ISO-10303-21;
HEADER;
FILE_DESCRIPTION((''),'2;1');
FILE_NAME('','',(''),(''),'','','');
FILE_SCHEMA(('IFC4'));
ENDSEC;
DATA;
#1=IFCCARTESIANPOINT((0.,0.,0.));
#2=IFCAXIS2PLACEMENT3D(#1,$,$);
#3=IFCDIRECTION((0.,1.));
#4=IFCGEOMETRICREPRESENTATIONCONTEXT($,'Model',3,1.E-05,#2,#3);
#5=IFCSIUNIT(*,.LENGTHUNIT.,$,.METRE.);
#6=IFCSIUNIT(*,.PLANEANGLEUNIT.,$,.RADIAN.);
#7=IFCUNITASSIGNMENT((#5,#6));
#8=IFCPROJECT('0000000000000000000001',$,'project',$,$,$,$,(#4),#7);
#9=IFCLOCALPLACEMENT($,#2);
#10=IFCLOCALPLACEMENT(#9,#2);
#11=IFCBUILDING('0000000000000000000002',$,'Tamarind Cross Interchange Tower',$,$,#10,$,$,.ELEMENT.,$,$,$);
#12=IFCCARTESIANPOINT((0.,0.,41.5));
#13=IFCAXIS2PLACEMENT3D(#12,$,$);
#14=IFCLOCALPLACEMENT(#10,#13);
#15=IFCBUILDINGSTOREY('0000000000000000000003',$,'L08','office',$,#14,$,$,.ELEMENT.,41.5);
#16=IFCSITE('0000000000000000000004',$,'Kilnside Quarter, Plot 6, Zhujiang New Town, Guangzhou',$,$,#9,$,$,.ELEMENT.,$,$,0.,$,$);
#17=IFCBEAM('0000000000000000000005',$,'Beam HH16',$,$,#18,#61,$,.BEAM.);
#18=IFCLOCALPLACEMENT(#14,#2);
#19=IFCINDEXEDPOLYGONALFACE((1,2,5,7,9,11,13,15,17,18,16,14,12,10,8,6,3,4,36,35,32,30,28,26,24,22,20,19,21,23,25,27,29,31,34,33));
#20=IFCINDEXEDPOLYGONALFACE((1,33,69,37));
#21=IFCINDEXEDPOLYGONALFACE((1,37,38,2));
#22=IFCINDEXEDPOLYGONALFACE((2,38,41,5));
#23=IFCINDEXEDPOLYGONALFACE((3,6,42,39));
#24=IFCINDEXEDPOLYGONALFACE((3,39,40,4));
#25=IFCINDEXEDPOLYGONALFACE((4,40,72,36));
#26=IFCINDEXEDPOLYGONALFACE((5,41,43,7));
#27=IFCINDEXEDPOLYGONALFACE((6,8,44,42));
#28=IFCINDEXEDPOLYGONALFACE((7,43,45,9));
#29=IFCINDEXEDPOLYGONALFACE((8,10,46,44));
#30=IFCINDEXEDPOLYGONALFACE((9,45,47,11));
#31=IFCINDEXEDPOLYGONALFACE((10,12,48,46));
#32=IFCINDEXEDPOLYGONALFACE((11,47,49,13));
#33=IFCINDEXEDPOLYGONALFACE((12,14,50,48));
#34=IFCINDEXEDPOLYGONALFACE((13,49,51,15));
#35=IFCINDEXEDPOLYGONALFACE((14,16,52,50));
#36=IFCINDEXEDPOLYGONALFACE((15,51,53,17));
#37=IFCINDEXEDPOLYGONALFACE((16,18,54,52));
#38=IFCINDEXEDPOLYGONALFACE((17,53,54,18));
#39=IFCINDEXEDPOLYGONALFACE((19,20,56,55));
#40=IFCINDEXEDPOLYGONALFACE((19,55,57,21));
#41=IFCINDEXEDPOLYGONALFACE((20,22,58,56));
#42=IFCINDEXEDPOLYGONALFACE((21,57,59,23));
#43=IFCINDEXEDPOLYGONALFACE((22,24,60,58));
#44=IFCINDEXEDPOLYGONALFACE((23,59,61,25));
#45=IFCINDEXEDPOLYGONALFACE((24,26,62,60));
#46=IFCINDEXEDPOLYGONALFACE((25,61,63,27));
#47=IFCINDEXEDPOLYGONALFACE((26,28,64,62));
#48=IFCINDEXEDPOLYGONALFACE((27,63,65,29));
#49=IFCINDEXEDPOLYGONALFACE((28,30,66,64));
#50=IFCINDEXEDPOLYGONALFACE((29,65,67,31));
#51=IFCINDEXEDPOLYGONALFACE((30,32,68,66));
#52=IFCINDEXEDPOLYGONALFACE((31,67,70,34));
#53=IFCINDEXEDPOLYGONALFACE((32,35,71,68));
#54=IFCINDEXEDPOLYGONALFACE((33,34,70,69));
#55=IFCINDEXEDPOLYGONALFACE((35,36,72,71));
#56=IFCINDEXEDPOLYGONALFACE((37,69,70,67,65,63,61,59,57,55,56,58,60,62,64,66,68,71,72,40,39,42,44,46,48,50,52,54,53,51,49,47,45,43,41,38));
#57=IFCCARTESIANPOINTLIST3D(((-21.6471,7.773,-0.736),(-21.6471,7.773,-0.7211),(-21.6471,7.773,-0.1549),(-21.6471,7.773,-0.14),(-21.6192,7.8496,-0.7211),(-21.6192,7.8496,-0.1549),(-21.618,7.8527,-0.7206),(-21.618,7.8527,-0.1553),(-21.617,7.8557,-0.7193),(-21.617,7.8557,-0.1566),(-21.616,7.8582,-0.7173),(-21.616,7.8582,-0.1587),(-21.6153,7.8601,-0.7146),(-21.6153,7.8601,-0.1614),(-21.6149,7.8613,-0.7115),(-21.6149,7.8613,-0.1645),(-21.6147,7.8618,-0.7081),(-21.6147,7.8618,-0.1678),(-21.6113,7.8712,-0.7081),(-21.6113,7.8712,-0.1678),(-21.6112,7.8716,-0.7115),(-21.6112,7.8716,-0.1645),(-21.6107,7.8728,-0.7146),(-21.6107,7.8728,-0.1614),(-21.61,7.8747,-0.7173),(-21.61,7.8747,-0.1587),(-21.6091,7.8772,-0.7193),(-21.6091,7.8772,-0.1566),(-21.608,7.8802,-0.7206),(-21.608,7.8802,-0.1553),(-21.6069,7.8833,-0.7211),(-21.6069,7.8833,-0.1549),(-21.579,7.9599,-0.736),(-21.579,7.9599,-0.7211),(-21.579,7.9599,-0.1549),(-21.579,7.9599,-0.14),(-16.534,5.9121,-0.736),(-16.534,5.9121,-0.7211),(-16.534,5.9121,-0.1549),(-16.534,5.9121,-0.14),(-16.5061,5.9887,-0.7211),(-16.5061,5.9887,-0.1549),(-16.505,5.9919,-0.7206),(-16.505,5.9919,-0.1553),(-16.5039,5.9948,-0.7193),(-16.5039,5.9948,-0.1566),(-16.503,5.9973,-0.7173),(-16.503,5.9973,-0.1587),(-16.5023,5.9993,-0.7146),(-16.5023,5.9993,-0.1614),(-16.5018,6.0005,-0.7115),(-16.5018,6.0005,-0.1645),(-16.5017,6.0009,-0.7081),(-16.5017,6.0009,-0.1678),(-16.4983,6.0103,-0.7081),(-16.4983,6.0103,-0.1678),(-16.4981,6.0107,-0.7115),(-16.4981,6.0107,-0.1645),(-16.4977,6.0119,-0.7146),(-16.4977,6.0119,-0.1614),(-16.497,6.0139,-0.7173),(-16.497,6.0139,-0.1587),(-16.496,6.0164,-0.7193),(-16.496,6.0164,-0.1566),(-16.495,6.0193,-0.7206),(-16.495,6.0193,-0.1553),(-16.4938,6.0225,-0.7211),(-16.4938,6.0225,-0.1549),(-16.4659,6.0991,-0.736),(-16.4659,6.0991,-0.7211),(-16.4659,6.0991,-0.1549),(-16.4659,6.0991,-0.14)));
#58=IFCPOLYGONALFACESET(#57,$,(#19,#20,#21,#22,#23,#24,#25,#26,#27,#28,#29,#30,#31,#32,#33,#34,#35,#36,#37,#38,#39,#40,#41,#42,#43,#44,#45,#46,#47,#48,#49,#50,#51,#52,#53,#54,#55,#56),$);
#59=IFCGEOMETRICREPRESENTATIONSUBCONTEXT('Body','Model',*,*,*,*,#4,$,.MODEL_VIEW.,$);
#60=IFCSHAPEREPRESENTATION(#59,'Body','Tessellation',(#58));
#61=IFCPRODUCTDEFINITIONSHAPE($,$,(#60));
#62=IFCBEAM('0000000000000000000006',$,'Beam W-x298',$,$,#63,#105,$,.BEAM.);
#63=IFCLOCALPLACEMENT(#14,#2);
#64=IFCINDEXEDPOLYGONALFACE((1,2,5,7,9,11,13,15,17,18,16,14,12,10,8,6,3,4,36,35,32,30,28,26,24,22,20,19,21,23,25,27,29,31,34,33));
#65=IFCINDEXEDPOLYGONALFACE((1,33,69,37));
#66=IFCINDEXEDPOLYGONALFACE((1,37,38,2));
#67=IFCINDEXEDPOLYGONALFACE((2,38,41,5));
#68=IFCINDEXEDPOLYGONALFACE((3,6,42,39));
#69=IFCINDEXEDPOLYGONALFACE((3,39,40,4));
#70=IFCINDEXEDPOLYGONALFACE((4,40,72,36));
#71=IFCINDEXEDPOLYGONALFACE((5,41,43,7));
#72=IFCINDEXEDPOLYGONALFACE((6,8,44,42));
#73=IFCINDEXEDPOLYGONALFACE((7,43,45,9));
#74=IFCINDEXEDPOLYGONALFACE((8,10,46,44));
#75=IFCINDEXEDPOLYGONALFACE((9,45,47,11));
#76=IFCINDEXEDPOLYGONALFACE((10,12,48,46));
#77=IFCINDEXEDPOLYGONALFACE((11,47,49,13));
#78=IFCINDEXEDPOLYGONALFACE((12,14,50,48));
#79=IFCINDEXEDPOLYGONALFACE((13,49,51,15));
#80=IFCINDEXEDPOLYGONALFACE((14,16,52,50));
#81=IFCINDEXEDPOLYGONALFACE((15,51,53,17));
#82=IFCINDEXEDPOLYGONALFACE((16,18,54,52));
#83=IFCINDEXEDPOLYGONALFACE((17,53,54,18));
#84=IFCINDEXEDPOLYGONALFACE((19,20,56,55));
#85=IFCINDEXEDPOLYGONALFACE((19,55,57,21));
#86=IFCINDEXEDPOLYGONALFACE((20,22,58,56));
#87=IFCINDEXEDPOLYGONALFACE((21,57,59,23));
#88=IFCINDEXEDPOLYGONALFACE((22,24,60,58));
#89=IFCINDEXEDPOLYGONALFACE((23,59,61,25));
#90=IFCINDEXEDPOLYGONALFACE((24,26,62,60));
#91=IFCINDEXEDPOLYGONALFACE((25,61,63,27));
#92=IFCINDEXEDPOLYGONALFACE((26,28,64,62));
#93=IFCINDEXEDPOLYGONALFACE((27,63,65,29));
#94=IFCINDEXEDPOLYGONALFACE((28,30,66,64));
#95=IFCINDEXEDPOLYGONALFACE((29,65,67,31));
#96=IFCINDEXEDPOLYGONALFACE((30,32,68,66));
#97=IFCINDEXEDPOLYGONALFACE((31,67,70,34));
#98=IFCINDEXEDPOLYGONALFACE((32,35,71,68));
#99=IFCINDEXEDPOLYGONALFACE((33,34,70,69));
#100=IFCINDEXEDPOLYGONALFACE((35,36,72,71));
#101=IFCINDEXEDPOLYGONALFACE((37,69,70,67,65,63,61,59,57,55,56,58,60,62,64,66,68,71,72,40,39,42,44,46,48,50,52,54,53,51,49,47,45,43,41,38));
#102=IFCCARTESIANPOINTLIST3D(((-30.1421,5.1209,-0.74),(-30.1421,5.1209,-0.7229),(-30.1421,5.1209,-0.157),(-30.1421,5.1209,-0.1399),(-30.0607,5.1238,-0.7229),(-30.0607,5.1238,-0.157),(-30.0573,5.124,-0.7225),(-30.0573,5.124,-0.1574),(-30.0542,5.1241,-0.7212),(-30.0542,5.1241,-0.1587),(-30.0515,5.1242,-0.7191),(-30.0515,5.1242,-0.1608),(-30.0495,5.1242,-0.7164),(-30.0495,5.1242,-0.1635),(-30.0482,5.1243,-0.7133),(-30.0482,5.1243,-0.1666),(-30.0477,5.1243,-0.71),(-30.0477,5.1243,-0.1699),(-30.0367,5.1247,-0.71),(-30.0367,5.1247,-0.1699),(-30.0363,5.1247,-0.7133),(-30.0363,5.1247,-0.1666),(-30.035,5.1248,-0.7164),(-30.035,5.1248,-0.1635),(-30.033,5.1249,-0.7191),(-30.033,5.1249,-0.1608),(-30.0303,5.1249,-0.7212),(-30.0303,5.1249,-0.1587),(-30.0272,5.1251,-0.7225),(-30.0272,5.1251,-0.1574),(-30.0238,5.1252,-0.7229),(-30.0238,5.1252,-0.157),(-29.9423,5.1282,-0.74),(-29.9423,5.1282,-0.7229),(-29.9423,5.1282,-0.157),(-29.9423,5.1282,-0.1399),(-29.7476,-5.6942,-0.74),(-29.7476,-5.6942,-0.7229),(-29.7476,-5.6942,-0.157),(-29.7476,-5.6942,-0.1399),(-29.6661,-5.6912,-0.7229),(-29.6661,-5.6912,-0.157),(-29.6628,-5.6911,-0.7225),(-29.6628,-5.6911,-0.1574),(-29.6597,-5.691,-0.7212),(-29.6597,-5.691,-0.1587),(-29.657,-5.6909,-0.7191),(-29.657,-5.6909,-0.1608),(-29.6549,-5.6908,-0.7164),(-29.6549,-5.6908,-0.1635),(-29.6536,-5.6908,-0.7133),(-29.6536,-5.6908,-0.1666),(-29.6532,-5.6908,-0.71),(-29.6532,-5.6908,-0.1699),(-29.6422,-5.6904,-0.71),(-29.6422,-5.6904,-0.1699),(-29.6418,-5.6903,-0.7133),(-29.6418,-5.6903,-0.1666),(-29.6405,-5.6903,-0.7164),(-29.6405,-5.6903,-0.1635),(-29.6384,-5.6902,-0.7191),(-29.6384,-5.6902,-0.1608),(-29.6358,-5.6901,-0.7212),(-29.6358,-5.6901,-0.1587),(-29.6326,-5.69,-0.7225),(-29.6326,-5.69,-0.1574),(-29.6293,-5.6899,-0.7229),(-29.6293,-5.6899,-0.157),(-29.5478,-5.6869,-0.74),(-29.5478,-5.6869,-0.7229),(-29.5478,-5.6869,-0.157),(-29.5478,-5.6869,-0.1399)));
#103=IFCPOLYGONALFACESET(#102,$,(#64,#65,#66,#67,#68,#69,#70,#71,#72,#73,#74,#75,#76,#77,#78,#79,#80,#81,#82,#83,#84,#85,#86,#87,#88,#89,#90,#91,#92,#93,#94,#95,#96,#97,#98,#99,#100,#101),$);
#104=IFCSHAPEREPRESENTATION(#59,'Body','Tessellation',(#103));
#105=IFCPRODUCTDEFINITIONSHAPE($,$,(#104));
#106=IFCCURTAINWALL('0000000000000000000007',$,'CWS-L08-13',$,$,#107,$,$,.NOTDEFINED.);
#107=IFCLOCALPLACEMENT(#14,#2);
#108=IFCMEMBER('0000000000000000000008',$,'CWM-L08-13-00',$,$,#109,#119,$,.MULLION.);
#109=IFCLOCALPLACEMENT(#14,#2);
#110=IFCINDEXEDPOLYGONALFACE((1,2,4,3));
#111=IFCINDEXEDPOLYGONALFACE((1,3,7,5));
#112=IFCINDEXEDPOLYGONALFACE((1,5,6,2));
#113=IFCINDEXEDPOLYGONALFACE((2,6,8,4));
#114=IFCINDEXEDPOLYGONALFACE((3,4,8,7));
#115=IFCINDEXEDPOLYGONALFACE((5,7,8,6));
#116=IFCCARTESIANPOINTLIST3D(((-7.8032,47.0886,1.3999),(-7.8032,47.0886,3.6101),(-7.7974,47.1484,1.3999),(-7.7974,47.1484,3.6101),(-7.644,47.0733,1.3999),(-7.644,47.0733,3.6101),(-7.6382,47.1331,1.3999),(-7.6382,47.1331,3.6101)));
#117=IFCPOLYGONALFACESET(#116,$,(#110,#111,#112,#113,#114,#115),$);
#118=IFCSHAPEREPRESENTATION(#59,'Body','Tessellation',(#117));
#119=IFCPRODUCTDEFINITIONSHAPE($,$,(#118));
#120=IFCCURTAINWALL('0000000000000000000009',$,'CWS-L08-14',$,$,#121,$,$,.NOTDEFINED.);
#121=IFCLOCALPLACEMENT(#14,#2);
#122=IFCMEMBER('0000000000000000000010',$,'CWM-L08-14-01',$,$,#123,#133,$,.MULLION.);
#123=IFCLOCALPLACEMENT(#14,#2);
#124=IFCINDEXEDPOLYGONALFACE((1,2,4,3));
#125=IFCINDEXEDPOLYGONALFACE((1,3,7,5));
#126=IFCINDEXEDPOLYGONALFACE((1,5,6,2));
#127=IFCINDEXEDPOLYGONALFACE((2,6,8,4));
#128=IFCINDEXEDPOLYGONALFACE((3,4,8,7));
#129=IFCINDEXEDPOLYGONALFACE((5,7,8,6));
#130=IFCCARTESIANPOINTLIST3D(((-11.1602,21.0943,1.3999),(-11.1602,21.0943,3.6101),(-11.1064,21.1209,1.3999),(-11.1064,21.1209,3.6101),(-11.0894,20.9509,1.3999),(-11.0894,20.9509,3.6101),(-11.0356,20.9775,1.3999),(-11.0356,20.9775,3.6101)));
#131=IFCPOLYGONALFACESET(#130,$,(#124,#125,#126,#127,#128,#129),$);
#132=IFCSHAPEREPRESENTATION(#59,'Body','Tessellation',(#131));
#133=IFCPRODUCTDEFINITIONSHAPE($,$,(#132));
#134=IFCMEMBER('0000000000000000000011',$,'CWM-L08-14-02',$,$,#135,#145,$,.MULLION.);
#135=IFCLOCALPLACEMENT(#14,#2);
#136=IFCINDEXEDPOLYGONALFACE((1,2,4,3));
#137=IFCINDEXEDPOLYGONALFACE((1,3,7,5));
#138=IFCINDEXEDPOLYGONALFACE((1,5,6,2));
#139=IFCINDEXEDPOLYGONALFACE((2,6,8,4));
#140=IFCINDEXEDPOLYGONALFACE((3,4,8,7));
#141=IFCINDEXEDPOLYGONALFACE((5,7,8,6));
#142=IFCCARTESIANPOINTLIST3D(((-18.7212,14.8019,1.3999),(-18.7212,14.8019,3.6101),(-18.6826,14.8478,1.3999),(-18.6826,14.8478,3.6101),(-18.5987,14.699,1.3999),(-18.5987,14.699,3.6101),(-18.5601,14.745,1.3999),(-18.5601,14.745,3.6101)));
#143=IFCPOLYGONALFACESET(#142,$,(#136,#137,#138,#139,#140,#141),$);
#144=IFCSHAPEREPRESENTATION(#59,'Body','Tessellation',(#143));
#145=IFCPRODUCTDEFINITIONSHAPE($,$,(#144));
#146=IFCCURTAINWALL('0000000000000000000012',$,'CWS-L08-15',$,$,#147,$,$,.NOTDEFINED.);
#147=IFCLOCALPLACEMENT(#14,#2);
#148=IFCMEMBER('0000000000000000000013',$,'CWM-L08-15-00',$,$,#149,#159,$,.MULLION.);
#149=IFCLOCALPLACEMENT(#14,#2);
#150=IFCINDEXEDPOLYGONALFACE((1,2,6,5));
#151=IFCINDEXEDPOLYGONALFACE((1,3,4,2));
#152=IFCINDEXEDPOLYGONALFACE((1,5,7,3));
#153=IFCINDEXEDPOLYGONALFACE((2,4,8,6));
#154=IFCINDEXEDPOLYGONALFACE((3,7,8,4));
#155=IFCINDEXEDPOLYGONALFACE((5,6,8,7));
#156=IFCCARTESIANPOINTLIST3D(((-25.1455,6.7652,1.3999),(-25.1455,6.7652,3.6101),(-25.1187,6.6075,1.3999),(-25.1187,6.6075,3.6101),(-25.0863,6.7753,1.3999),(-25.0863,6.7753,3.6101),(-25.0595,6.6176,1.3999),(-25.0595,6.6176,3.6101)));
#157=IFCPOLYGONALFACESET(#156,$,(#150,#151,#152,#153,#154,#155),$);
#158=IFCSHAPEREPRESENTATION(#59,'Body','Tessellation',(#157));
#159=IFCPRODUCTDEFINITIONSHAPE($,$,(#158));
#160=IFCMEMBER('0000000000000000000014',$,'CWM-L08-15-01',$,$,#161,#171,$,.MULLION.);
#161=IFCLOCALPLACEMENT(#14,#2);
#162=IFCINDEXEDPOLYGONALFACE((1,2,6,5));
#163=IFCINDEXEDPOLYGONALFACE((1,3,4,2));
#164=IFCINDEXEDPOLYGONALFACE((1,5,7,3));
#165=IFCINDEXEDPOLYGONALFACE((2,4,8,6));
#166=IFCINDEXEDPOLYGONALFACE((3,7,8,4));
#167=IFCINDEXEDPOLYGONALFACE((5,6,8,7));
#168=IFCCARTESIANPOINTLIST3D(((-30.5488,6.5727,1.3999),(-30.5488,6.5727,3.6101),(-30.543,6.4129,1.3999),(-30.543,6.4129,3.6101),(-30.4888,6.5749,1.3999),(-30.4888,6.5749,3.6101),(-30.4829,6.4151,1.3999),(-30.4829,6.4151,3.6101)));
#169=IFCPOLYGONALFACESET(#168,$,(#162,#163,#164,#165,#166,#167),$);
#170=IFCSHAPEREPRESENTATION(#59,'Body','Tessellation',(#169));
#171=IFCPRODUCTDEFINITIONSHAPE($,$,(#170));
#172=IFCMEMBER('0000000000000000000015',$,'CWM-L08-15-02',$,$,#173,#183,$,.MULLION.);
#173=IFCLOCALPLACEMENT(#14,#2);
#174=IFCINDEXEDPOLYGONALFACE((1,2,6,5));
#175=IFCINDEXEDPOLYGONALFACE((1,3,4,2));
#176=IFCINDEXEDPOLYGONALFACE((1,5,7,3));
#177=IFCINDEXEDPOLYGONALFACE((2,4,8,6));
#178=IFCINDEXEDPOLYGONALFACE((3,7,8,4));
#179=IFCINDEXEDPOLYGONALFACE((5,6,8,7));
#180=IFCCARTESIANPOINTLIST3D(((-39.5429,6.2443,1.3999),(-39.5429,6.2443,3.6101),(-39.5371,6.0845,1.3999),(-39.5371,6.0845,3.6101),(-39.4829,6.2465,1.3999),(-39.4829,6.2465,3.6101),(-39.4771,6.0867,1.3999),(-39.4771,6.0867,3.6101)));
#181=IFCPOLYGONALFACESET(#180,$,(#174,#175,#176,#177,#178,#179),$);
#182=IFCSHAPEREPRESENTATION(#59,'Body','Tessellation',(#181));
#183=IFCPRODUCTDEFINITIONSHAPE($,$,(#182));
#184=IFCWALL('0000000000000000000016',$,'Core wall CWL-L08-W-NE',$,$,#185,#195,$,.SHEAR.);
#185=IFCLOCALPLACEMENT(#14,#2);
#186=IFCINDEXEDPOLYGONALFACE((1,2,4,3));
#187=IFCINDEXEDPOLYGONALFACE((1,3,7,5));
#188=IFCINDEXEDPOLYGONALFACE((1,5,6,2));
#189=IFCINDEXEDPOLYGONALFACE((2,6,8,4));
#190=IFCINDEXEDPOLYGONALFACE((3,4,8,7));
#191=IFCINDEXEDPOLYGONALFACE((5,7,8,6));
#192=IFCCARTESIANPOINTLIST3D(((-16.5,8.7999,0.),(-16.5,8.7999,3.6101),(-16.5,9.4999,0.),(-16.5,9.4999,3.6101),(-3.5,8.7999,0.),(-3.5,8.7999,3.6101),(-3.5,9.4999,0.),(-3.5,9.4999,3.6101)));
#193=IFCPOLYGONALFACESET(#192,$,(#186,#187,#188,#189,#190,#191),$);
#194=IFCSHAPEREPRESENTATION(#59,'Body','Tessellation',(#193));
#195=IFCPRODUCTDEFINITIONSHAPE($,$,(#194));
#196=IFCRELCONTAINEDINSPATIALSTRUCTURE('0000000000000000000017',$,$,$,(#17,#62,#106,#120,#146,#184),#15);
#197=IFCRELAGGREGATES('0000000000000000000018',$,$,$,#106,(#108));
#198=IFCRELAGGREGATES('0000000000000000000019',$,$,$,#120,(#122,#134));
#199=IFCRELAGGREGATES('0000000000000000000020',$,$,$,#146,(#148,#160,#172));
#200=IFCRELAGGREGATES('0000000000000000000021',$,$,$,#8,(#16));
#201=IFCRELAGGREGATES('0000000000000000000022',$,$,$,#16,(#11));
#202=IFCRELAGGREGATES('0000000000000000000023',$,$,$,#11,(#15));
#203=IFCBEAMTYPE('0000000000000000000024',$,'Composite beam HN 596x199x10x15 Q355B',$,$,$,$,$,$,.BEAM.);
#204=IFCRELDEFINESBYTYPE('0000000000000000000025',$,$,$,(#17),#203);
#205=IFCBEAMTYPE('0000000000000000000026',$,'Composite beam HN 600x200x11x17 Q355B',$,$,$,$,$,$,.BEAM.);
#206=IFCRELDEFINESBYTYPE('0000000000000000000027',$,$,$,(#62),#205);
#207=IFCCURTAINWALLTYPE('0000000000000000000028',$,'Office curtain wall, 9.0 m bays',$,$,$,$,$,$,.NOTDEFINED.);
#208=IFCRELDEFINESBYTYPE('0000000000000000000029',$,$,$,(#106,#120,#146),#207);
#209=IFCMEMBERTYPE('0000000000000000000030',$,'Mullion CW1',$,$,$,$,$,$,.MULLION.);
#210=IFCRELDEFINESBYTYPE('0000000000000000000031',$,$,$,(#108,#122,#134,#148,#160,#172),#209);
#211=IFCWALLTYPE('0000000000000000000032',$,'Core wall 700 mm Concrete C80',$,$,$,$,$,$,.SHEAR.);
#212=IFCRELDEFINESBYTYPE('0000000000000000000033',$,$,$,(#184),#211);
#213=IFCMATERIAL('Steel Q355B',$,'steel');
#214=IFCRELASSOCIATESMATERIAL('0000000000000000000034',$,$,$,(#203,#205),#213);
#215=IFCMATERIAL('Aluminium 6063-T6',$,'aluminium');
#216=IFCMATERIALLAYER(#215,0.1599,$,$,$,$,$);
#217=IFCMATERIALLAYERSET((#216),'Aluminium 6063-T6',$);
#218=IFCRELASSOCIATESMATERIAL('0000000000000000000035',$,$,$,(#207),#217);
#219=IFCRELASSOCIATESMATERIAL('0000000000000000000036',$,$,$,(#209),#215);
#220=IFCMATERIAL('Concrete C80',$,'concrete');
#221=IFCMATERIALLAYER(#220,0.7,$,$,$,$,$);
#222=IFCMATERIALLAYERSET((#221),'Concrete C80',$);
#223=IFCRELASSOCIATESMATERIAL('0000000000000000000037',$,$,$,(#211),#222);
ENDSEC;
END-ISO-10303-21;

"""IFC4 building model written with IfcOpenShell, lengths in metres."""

from ifc_helpers import new_model, si_unit, direction, frame, frame_2d, origin, origin_2d, place, context, subcontext, project, spatial, rectangle, i_section, extrude, material, layer, layer_set, material_profile, profile_set, type_object, element, aggregate, save


model = new_model("IFC4")

# Units and contexts
model_context = context("Model", 3, precision=1e-05, world=origin(), true_north=direction((0.0, 1.0)))
body_context = subcontext(model_context, "Body", "Model", "MODEL_VIEW")
ifc_project = project(units=[si_unit("LENGTHUNIT", "METRE"), si_unit("PLANEANGLEUNIT", "RADIAN")], contexts=[model_context])

# Site, building, storey
site_placement = place(None, origin())
site = spatial("IfcSite", under=ifc_project, at=site_placement, Name="Kilnside Quarter, Plot 6, Zhujiang New Town, Guangzhou", CompositionType="ELEMENT", RefElevation=0.0)
building_placement = place(site_placement, origin())
building = spatial("IfcBuilding", under=site, at=building_placement, Name="Tamarind Cross Interchange Tower", CompositionType="ELEMENT")
storey_placement = place(building_placement, frame((0.0, 0.0, 41.5)))
storey = spatial("IfcBuildingStorey", under=building, at=storey_placement, Name="L08", Description="office", CompositionType="ELEMENT", Elevation=41.5)

# Beams
ifc_material_1 = material(Name="Steel Q355B", Category="steel")
ifc_material_profile_1 = material_profile(ifc_material_1, i_section(OverallWidth=0.199, OverallDepth=0.5959, WebThickness=0.01, FlangeThickness=0.0149, FilletRadius=0.0129, at=origin_2d()), Name="HN 596x199x10x15")
ifc_profile_set_1 = profile_set([ifc_material_profile_1], Name="Steel Q355B")
beam_type_1 = type_object("IfcBeamType", Name="Composite beam HN 596x199x10x15 Q355B", PredefinedType="BEAM", material=ifc_profile_set_1)
beam_1_placement = place(storey_placement, frame((-21.613, 7.8665, -0.438), z_axis=(0.939702, -0.341995, 0.0), x_axis=(0.341995, 0.939702, 0.0)))
element("IfcBeam", 1, at=beam_1_placement, inside=storey, type_object=beam_type_1, Name="Beam HH16", PredefinedType="BEAM", context=body_context, shape_type="SweptSolid", body=[
    extrude(i_section(OverallWidth=0.199, OverallDepth=0.5959, WebThickness=0.01, FlangeThickness=0.0149, FilletRadius=0.0129, at=origin_2d()), origin(), (0.0, 0.0, 1.0), 5.4412),
])
ifc_material_profile_2 = material_profile(ifc_material_1, i_section(OverallWidth=0.2, OverallDepth=0.6001, WebThickness=0.011, FlangeThickness=0.0171, FilletRadius=0.0129, at=origin_2d()), Name="HN 600x200x11x17")
ifc_profile_set_2 = profile_set([ifc_material_profile_2], Name="Steel Q355B")
beam_type_2 = type_object("IfcBeamType", Name="Composite beam HN 600x200x11x17 Q355B", PredefinedType="BEAM", material=ifc_profile_set_2)
beam_2_placement = place(storey_placement, frame((-30.0422, 5.1245, -0.4399), z_axis=(0.036455, -0.999335, 0.0), x_axis=(0.999335, 0.036455, 0.0)))
element("IfcBeam", 2, at=beam_2_placement, inside=storey, type_object=beam_type_2, Name="Beam W-x298", PredefinedType="BEAM", context=body_context, shape_type="SweptSolid", body=[
    extrude(i_section(OverallWidth=0.2, OverallDepth=0.6001, WebThickness=0.011, FlangeThickness=0.0171, FilletRadius=0.0129, at=origin_2d()), origin(), (0.0, 0.0, 1.0), 10.8223),
])

# Curtain wall, member
ifc_material_2 = material(Name="Aluminium 6063-T6", Category="aluminium")
ifc_layer_1 = layer(ifc_material_2, 0.1599)
ifc_layer_set_1 = layer_set([ifc_layer_1], Name="Aluminium 6063-T6")
curtain_wall_type = type_object("IfcCurtainWallType", Name="Office curtain wall, 9.0 m bays", PredefinedType="NOTDEFINED", material=ifc_layer_set_1)
curtain_wall_1_placement = place(storey_placement, origin())
curtain_wall_1 = element("IfcCurtainWall", 3, at=curtain_wall_1_placement, inside=storey, type_object=curtain_wall_type, Name="CWS-L08-13", PredefinedType="NOTDEFINED")
ifc_material_profile_3 = material_profile(ifc_material_2, rectangle(XDim=0.0601, YDim=0.1599, at=origin_2d()), Name="Mullion CW1")
ifc_profile_set_3 = profile_set([ifc_material_profile_3], Name="Aluminium 6063-T6")
member_type = type_object("IfcMemberType", Name="Mullion CW1", PredefinedType="MULLION", material=ifc_profile_set_3)
member_1_placement = place(storey_placement, frame((-7.7207, 47.1108, 1.3999), z_axis=(0.0, 0.0, 1.0), x_axis=(-0.095345, -0.995444, 0.0)))
member_1 = element("IfcMember", 4, at=member_1_placement, type_object=member_type, Name="CWM-L08-13-00", PredefinedType="MULLION", context=body_context, shape_type="SweptSolid", body=[
    extrude(rectangle(XDim=0.0601, YDim=0.1599, at=origin_2d()), origin(), (0.0, 0.0, 1.0), 2.2102),
])
aggregate(curtain_wall_1, [member_1])

# Curtain walls, members
curtain_wall_2_placement = place(storey_placement, origin())
curtain_wall_2 = element("IfcCurtainWall", 5, at=curtain_wall_2_placement, inside=storey, type_object=curtain_wall_type, Name="CWS-L08-14", PredefinedType="NOTDEFINED")
member_2_placement = place(storey_placement, frame((-11.0979, 21.0359, 1.3999), z_axis=(0.0, 0.0, 1.0), x_axis=(-0.896493, -0.443059, 0.0)))
member_2 = element("IfcMember", 6, at=member_2_placement, type_object=member_type, Name="CWM-L08-14-01", PredefinedType="MULLION", context=body_context, shape_type="SweptSolid", body=[
    extrude(rectangle(XDim=0.0601, YDim=0.1599, at=origin_2d()), origin(), (0.0, 0.0, 1.0), 2.2102),
])
member_3_placement = place(storey_placement, frame((-18.6406, 14.7734, 1.3999), z_axis=(0.0, 0.0, 1.0), x_axis=(-0.643009, -0.765858, 0.0)))
member_3 = element("IfcMember", 7, at=member_3_placement, type_object=member_type, Name="CWM-L08-14-02", PredefinedType="MULLION", context=body_context, shape_type="SweptSolid", body=[
    extrude(rectangle(XDim=0.0601, YDim=0.1599, at=origin_2d()), origin(), (0.0, 0.0, 1.0), 2.2102),
])
aggregate(curtain_wall_2, [member_2, member_3])
curtain_wall_3_placement = place(storey_placement, origin())
curtain_wall_3 = element("IfcCurtainWall", 8, at=curtain_wall_3_placement, inside=storey, type_object=curtain_wall_type, Name="CWS-L08-15", PredefinedType="NOTDEFINED")
member_4_placement = place(storey_placement, frame((-25.1025, 6.6914, 1.3999), z_axis=(0.0, 0.0, 1.0), x_axis=(-0.985847, -0.16765, 0.0)))
member_4 = element("IfcMember", 9, at=member_4_placement, type_object=member_type, Name="CWM-L08-15-00", PredefinedType="MULLION", context=body_context, shape_type="SweptSolid", body=[
    extrude(rectangle(XDim=0.0601, YDim=0.1599, at=origin_2d()), origin(), (0.0, 0.0, 1.0), 2.2102),
])
member_5_placement = place(storey_placement, frame((-30.5159, 6.4939, 1.3999), z_axis=(0.0, 0.0, 1.0), x_axis=(-0.999335, -0.036462, 0.0)))
member_5 = element("IfcMember", 10, at=member_5_placement, type_object=member_type, Name="CWM-L08-15-01", PredefinedType="MULLION", context=body_context, shape_type="SweptSolid", body=[
    extrude(rectangle(XDim=0.0601, YDim=0.1599, at=origin_2d()), origin(), (0.0, 0.0, 1.0), 2.2102),
])
member_6_placement = place(storey_placement, frame((-39.51, 6.1655, 1.3999), z_axis=(0.0, 0.0, 1.0), x_axis=(-0.999335, -0.036462, 0.0)))
member_6 = element("IfcMember", 11, at=member_6_placement, type_object=member_type, Name="CWM-L08-15-02", PredefinedType="MULLION", context=body_context, shape_type="SweptSolid", body=[
    extrude(rectangle(XDim=0.0601, YDim=0.1599, at=origin_2d()), origin(), (0.0, 0.0, 1.0), 2.2102),
])
aggregate(curtain_wall_3, [member_4, member_5, member_6])

# Wall
ifc_material_3 = material(Name="Concrete C80", Category="concrete")
ifc_layer_2 = layer(ifc_material_3, 0.7)
ifc_layer_set_2 = layer_set([ifc_layer_2], Name="Concrete C80")
wall_type_1 = type_object("IfcWallType", Name="Core wall 700 mm Concrete C80", PredefinedType="SHEAR", material=ifc_layer_set_2)
wall_1_placement = place(storey_placement, frame((-16.5, 9.1499, 0.0), z_axis=(0.0, 0.0, 1.0), x_axis=(1.0, 0.0, 0.0)))
element("IfcWall", 12, at=wall_1_placement, inside=storey, type_object=wall_type_1, Name="Core wall CWL-L08-W-NE", PredefinedType="SHEAR", context=body_context, shape_type="SweptSolid", body=[
    extrude(rectangle(XDim=13.0, YDim=0.7, at=frame_2d((6.5, 0.0))), origin(), (0.0, 0.0, 1.0), 3.6101),
])

save(model, "model.ifc")
